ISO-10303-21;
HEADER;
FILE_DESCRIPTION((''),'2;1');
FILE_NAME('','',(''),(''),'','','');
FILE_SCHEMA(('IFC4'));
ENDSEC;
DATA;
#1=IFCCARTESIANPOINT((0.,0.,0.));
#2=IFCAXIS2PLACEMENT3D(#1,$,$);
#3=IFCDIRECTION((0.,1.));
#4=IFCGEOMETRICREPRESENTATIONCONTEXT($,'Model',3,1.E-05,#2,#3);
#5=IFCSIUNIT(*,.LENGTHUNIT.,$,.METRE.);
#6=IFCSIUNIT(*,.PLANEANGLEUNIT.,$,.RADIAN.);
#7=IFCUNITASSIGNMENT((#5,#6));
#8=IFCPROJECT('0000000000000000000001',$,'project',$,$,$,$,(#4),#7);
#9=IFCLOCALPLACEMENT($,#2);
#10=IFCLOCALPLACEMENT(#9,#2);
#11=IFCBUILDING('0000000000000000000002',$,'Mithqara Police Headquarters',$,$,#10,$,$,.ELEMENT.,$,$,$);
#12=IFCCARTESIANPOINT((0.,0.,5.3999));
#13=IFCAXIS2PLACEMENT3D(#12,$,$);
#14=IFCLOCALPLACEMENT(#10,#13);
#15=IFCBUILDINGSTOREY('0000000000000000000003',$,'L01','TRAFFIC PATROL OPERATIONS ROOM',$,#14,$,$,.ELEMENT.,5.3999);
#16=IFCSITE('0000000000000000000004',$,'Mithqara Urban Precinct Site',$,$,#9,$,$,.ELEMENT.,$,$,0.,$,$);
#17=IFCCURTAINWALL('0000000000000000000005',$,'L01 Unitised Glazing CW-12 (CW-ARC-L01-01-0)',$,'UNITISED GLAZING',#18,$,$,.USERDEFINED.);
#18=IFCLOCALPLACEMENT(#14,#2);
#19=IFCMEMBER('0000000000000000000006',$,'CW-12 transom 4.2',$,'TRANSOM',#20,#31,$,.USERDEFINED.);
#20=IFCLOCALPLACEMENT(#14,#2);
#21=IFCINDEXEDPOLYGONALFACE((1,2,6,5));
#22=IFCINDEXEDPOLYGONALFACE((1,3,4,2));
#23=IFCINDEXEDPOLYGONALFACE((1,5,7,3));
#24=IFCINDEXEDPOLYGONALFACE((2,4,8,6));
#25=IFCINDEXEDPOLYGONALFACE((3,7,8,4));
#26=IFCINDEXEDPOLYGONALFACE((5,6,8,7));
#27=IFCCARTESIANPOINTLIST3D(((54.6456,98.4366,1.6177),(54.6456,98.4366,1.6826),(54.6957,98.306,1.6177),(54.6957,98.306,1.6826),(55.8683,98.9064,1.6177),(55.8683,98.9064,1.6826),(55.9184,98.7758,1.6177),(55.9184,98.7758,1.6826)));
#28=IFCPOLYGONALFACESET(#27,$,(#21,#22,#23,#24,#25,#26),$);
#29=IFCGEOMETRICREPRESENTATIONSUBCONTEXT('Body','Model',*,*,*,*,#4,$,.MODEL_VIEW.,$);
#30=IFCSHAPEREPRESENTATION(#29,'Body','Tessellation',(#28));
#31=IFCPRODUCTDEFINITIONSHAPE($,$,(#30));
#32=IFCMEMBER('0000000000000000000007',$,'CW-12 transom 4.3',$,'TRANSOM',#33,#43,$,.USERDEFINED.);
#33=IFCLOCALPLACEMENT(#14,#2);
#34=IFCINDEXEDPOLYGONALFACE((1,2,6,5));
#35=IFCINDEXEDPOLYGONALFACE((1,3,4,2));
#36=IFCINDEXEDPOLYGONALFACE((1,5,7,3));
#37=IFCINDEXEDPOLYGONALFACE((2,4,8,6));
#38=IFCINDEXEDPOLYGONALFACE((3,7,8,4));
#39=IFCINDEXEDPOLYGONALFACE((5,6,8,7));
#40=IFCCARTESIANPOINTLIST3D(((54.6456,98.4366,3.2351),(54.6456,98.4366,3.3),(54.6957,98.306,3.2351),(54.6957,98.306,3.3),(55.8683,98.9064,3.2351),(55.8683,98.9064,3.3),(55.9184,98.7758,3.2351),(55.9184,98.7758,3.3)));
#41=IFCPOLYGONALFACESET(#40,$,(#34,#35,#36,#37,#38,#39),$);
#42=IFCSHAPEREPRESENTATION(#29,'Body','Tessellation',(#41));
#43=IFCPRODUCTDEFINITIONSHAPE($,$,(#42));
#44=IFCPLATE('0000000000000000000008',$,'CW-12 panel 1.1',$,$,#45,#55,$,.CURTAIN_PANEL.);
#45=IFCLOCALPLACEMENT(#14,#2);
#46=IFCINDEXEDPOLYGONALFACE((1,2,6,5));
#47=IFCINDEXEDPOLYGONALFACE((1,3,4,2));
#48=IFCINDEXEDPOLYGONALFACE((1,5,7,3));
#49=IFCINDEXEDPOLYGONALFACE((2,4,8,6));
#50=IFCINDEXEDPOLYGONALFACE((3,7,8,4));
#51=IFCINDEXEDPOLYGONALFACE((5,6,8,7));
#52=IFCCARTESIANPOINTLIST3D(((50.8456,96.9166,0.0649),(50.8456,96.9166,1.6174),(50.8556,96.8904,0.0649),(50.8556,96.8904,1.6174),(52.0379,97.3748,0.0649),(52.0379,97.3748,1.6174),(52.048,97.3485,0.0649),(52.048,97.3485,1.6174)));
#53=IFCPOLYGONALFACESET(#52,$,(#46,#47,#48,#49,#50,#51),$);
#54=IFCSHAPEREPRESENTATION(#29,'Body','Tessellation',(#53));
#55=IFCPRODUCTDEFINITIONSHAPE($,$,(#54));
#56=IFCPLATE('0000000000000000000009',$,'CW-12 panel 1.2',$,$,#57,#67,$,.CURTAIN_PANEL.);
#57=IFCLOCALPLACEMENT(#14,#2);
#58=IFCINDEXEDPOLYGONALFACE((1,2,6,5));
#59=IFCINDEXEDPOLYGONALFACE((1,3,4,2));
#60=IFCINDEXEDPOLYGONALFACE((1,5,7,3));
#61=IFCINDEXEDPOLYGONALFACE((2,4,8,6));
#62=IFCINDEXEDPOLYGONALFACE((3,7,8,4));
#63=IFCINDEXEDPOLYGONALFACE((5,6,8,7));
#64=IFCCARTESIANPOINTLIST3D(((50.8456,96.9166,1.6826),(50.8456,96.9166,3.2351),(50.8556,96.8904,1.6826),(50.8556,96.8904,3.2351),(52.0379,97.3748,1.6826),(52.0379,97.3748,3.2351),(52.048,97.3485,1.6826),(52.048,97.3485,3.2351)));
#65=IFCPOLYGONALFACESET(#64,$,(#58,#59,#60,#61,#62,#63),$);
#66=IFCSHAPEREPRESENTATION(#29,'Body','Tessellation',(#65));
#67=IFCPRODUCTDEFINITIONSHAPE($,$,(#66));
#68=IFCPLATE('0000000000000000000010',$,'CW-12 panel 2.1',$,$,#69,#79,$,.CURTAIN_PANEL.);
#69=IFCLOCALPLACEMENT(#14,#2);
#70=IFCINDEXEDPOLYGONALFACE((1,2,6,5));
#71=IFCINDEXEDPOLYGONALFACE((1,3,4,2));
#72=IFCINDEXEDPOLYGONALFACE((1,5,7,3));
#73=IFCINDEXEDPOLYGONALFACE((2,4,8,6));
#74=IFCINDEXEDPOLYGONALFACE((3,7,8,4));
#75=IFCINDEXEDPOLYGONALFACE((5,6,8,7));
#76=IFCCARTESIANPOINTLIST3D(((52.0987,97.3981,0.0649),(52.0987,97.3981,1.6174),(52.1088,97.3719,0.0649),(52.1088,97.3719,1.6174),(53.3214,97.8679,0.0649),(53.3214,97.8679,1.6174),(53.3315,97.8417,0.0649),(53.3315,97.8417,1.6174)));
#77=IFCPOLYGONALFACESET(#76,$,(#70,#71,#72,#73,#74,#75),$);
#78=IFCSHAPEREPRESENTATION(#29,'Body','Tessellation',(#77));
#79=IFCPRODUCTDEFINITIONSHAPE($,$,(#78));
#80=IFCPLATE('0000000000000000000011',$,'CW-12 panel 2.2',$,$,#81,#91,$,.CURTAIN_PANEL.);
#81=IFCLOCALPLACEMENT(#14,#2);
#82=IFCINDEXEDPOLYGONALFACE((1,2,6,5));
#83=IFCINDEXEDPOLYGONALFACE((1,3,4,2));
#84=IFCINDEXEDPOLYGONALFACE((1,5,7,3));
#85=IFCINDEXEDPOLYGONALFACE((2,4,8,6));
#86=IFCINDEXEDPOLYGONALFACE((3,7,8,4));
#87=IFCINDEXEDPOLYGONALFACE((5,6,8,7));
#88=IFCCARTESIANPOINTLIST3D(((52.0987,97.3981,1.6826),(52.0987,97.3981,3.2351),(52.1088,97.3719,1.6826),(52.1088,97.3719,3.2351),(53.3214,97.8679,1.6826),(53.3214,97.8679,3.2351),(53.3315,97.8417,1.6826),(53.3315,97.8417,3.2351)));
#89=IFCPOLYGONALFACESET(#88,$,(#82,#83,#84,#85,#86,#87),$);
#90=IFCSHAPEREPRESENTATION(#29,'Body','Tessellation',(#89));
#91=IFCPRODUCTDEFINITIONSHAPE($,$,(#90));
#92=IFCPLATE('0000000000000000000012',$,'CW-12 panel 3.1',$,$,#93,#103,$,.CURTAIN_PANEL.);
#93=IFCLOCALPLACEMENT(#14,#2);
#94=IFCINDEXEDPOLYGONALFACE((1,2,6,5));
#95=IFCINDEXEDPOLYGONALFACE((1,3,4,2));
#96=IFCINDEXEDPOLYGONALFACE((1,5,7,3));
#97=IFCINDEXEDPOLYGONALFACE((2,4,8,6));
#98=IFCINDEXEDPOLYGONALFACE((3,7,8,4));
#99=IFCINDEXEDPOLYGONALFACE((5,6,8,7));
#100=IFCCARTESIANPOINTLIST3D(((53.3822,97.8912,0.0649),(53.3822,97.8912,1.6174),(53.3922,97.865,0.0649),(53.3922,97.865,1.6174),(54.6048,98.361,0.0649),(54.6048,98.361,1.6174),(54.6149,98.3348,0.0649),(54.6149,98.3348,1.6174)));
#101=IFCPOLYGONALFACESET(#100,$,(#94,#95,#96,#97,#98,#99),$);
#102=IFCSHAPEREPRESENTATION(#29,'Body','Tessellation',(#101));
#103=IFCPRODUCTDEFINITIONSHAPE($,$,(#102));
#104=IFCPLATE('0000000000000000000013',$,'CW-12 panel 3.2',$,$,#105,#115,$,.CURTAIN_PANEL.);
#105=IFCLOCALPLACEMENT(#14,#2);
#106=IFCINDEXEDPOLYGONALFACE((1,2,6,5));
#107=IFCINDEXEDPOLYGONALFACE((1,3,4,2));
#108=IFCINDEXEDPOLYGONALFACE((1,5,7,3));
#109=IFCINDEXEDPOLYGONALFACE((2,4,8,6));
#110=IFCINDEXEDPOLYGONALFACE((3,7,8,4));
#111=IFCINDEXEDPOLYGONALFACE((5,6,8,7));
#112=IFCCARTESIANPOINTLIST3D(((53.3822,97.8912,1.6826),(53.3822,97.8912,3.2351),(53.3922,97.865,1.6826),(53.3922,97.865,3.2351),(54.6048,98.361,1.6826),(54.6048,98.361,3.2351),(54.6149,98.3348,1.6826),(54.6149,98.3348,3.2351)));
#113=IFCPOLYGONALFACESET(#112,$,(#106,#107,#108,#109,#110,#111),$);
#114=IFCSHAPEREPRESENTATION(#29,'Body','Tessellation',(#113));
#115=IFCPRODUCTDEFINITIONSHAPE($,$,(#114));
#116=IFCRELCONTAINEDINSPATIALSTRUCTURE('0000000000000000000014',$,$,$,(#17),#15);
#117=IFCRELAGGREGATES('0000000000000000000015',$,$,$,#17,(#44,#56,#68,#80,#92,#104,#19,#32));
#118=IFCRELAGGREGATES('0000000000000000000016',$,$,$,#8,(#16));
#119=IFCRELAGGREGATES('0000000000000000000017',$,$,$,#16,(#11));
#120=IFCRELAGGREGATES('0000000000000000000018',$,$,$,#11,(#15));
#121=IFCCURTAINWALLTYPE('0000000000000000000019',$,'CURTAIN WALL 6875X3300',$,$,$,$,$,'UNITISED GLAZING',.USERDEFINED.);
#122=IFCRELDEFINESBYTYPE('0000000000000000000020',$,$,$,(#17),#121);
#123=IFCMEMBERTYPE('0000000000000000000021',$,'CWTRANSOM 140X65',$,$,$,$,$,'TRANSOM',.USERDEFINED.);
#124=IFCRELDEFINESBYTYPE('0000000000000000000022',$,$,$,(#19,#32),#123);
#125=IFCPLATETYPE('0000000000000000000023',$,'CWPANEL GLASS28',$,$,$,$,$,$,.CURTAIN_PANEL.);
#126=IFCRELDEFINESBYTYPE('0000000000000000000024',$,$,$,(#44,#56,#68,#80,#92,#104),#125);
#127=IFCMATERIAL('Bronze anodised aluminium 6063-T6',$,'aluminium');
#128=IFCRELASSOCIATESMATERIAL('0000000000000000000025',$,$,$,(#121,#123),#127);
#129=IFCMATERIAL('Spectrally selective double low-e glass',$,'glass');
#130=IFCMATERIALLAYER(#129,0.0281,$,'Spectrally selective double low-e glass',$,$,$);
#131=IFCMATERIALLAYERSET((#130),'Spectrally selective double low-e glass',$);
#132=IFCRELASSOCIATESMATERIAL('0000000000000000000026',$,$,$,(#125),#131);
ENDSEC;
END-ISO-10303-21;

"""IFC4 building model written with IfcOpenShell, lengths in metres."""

from ifc_helpers import new_model, si_unit, direction, frame, origin, origin_2d, place, context, subcontext, project, spatial, rectangle, extrude, material, layer, layer_set, material_profile, profile_set, type_object, element, aggregate, save


model = new_model("IFC4")

# Units and contexts
model_context = context("Model", 3, precision=1e-05, world=origin(), true_north=direction((0.0, 1.0)))
body_context = subcontext(model_context, "Body", "Model", "MODEL_VIEW")
ifc_project = project(units=[si_unit("LENGTHUNIT", "METRE"), si_unit("PLANEANGLEUNIT", "RADIAN")], contexts=[model_context])

# Site, building, storey
site_placement = place(None, origin())
site = spatial("IfcSite", under=ifc_project, at=site_placement, Name="Mithqara Urban Precinct Site", CompositionType="ELEMENT", RefElevation=0.0)
building_placement = place(site_placement, origin())
building = spatial("IfcBuilding", under=site, at=building_placement, Name="Mithqara Police Headquarters", CompositionType="ELEMENT")
storey_placement = place(building_placement, frame((0.0, 0.0, 5.3999)))
storey = spatial("IfcBuildingStorey", under=building, at=storey_placement, Name="L01", Description="TRAFFIC PATROL OPERATIONS ROOM", CompositionType="ELEMENT", Elevation=5.3999)

# Curtain wall, members, plates
ifc_material_1 = material(Name="Bronze anodised aluminium 6063-T6", Category="aluminium")
curtain_wall_type = type_object("IfcCurtainWallType", Name="CURTAIN WALL 6875X3300", ElementType="UNITISED GLAZING", PredefinedType="USERDEFINED", material=ifc_material_1)
curtain_wall_placement = place(storey_placement, origin())
curtain_wall = element("IfcCurtainWall", 1, at=curtain_wall_placement, inside=storey, type_object=curtain_wall_type, Name="L01 Unitised Glazing CW-12 (CW-ARC-L01-01-0)", ObjectType="UNITISED GLAZING", PredefinedType="USERDEFINED")
ifc_material_profile_1 = material_profile(ifc_material_1, rectangle(XDim=0.1399, YDim=0.0649, at=origin_2d()), Name="CWT 140x65")
ifc_profile_set_1 = profile_set([ifc_material_profile_1], Name="Bronze anodised aluminium 6063-T6")
member_type_1 = type_object("IfcMemberType", Name="CWTRANSOM 140X65", ElementType="TRANSOM", PredefinedType="USERDEFINED", material=ifc_profile_set_1)
member_1_placement = place(storey_placement, frame((54.6707, 98.3713, 1.6501), z_axis=(0.93348, 0.358629, 0.0), x_axis=(-0.358629, 0.93348, 0.0)))
member_1 = element("IfcMember", 2, at=member_1_placement, type_object=member_type_1, Name="CW-12 transom 4.2", ObjectType="TRANSOM", PredefinedType="USERDEFINED", context=body_context, shape_type="SweptSolid", body=[
    extrude(rectangle(XDim=0.1399, YDim=0.0649, at=origin_2d()), origin(), (0.0, 0.0, 1.0), 1.3098),
])
member_2_placement = place(storey_placement, frame((54.6707, 98.3713, 3.2676), z_axis=(0.93348, 0.358629, 0.0), x_axis=(-0.358629, 0.93348, 0.0)))
member_2 = element("IfcMember", 3, at=member_2_placement, type_object=member_type_1, Name="CW-12 transom 4.3", ObjectType="TRANSOM", PredefinedType="USERDEFINED", context=body_context, shape_type="SweptSolid", body=[
    extrude(rectangle(XDim=0.1399, YDim=0.0649, at=origin_2d()), origin(), (0.0, 0.0, 1.0), 1.3098),
])
ifc_material_2 = material(Name="Spectrally selective double low-e glass", Category="glass")
ifc_layer = layer(ifc_material_2, 0.0281, Name="Spectrally selective double low-e glass")
ifc_layer_set = layer_set([ifc_layer], Name="Spectrally selective double low-e glass")
plate_type = type_object("IfcPlateType", Name="CWPANEL GLASS28", PredefinedType="CURTAIN_PANEL", material=ifc_layer_set)
plate_1_placement = place(storey_placement, frame((51.4468, 97.1326, 0.0649), z_axis=(0.0, 0.0, 1.0), x_axis=(0.93346, 0.358681, 0.0)))
plate_1 = element("IfcPlate", 4, at=plate_1_placement, type_object=plate_type, Name="CW-12 panel 1.1", PredefinedType="CURTAIN_PANEL", context=body_context, shape_type="SweptSolid", body=[
    extrude(rectangle(XDim=1.2773, YDim=0.0281, at=origin_2d()), origin(), (0.0, 0.0, 1.0), 1.5525),
])
plate_2_placement = place(storey_placement, frame((51.4468, 97.1326, 1.6826), z_axis=(0.0, 0.0, 1.0), x_axis=(0.93346, 0.358681, 0.0)))
plate_2 = element("IfcPlate", 5, at=plate_2_placement, type_object=plate_type, Name="CW-12 panel 1.2", PredefinedType="CURTAIN_PANEL", context=body_context, shape_type="SweptSolid", body=[
    extrude(rectangle(XDim=1.2773, YDim=0.0281, at=origin_2d()), origin(), (0.0, 0.0, 1.0), 1.5525),
])
plate_3_placement = place(storey_placement, frame((52.7151, 97.6199, 0.0649), z_axis=(0.0, 0.0, 1.0), x_axis=(0.93346, 0.358681, 0.0)))
plate_3 = element("IfcPlate", 6, at=plate_3_placement, type_object=plate_type, Name="CW-12 panel 2.1", PredefinedType="CURTAIN_PANEL", context=body_context, shape_type="SweptSolid", body=[
    extrude(rectangle(XDim=1.3098, YDim=0.0281, at=origin_2d()), origin(), (0.0, 0.0, 1.0), 1.5525),
])
plate_4_placement = place(storey_placement, frame((52.7151, 97.6199, 1.6826), z_axis=(0.0, 0.0, 1.0), x_axis=(0.93346, 0.358681, 0.0)))
plate_4 = element("IfcPlate", 7, at=plate_4_placement, type_object=plate_type, Name="CW-12 panel 2.2", PredefinedType="CURTAIN_PANEL", context=body_context, shape_type="SweptSolid", body=[
    extrude(rectangle(XDim=1.3098, YDim=0.0281, at=origin_2d()), origin(), (0.0, 0.0, 1.0), 1.5525),
])
plate_5_placement = place(storey_placement, frame((53.9985, 98.113, 0.0649), z_axis=(0.0, 0.0, 1.0), x_axis=(0.93346, 0.358681, 0.0)))
plate_5 = element("IfcPlate", 8, at=plate_5_placement, type_object=plate_type, Name="CW-12 panel 3.1", PredefinedType="CURTAIN_PANEL", context=body_context, shape_type="SweptSolid", body=[
    extrude(rectangle(XDim=1.3098, YDim=0.0281, at=origin_2d()), origin(), (0.0, 0.0, 1.0), 1.5525),
])
plate_6_placement = place(storey_placement, frame((53.9985, 98.113, 1.6826), z_axis=(0.0, 0.0, 1.0), x_axis=(0.93346, 0.358681, 0.0)))
plate_6 = element("IfcPlate", 9, at=plate_6_placement, type_object=plate_type, Name="CW-12 panel 3.2", PredefinedType="CURTAIN_PANEL", context=body_context, shape_type="SweptSolid", body=[
    extrude(rectangle(XDim=1.3098, YDim=0.0281, at=origin_2d()), origin(), (0.0, 0.0, 1.0), 1.5525),
])
aggregate(curtain_wall, [plate_1, plate_2, plate_3, plate_4, plate_5, plate_6, member_1, member_2])

save(model, "model.ifc")
